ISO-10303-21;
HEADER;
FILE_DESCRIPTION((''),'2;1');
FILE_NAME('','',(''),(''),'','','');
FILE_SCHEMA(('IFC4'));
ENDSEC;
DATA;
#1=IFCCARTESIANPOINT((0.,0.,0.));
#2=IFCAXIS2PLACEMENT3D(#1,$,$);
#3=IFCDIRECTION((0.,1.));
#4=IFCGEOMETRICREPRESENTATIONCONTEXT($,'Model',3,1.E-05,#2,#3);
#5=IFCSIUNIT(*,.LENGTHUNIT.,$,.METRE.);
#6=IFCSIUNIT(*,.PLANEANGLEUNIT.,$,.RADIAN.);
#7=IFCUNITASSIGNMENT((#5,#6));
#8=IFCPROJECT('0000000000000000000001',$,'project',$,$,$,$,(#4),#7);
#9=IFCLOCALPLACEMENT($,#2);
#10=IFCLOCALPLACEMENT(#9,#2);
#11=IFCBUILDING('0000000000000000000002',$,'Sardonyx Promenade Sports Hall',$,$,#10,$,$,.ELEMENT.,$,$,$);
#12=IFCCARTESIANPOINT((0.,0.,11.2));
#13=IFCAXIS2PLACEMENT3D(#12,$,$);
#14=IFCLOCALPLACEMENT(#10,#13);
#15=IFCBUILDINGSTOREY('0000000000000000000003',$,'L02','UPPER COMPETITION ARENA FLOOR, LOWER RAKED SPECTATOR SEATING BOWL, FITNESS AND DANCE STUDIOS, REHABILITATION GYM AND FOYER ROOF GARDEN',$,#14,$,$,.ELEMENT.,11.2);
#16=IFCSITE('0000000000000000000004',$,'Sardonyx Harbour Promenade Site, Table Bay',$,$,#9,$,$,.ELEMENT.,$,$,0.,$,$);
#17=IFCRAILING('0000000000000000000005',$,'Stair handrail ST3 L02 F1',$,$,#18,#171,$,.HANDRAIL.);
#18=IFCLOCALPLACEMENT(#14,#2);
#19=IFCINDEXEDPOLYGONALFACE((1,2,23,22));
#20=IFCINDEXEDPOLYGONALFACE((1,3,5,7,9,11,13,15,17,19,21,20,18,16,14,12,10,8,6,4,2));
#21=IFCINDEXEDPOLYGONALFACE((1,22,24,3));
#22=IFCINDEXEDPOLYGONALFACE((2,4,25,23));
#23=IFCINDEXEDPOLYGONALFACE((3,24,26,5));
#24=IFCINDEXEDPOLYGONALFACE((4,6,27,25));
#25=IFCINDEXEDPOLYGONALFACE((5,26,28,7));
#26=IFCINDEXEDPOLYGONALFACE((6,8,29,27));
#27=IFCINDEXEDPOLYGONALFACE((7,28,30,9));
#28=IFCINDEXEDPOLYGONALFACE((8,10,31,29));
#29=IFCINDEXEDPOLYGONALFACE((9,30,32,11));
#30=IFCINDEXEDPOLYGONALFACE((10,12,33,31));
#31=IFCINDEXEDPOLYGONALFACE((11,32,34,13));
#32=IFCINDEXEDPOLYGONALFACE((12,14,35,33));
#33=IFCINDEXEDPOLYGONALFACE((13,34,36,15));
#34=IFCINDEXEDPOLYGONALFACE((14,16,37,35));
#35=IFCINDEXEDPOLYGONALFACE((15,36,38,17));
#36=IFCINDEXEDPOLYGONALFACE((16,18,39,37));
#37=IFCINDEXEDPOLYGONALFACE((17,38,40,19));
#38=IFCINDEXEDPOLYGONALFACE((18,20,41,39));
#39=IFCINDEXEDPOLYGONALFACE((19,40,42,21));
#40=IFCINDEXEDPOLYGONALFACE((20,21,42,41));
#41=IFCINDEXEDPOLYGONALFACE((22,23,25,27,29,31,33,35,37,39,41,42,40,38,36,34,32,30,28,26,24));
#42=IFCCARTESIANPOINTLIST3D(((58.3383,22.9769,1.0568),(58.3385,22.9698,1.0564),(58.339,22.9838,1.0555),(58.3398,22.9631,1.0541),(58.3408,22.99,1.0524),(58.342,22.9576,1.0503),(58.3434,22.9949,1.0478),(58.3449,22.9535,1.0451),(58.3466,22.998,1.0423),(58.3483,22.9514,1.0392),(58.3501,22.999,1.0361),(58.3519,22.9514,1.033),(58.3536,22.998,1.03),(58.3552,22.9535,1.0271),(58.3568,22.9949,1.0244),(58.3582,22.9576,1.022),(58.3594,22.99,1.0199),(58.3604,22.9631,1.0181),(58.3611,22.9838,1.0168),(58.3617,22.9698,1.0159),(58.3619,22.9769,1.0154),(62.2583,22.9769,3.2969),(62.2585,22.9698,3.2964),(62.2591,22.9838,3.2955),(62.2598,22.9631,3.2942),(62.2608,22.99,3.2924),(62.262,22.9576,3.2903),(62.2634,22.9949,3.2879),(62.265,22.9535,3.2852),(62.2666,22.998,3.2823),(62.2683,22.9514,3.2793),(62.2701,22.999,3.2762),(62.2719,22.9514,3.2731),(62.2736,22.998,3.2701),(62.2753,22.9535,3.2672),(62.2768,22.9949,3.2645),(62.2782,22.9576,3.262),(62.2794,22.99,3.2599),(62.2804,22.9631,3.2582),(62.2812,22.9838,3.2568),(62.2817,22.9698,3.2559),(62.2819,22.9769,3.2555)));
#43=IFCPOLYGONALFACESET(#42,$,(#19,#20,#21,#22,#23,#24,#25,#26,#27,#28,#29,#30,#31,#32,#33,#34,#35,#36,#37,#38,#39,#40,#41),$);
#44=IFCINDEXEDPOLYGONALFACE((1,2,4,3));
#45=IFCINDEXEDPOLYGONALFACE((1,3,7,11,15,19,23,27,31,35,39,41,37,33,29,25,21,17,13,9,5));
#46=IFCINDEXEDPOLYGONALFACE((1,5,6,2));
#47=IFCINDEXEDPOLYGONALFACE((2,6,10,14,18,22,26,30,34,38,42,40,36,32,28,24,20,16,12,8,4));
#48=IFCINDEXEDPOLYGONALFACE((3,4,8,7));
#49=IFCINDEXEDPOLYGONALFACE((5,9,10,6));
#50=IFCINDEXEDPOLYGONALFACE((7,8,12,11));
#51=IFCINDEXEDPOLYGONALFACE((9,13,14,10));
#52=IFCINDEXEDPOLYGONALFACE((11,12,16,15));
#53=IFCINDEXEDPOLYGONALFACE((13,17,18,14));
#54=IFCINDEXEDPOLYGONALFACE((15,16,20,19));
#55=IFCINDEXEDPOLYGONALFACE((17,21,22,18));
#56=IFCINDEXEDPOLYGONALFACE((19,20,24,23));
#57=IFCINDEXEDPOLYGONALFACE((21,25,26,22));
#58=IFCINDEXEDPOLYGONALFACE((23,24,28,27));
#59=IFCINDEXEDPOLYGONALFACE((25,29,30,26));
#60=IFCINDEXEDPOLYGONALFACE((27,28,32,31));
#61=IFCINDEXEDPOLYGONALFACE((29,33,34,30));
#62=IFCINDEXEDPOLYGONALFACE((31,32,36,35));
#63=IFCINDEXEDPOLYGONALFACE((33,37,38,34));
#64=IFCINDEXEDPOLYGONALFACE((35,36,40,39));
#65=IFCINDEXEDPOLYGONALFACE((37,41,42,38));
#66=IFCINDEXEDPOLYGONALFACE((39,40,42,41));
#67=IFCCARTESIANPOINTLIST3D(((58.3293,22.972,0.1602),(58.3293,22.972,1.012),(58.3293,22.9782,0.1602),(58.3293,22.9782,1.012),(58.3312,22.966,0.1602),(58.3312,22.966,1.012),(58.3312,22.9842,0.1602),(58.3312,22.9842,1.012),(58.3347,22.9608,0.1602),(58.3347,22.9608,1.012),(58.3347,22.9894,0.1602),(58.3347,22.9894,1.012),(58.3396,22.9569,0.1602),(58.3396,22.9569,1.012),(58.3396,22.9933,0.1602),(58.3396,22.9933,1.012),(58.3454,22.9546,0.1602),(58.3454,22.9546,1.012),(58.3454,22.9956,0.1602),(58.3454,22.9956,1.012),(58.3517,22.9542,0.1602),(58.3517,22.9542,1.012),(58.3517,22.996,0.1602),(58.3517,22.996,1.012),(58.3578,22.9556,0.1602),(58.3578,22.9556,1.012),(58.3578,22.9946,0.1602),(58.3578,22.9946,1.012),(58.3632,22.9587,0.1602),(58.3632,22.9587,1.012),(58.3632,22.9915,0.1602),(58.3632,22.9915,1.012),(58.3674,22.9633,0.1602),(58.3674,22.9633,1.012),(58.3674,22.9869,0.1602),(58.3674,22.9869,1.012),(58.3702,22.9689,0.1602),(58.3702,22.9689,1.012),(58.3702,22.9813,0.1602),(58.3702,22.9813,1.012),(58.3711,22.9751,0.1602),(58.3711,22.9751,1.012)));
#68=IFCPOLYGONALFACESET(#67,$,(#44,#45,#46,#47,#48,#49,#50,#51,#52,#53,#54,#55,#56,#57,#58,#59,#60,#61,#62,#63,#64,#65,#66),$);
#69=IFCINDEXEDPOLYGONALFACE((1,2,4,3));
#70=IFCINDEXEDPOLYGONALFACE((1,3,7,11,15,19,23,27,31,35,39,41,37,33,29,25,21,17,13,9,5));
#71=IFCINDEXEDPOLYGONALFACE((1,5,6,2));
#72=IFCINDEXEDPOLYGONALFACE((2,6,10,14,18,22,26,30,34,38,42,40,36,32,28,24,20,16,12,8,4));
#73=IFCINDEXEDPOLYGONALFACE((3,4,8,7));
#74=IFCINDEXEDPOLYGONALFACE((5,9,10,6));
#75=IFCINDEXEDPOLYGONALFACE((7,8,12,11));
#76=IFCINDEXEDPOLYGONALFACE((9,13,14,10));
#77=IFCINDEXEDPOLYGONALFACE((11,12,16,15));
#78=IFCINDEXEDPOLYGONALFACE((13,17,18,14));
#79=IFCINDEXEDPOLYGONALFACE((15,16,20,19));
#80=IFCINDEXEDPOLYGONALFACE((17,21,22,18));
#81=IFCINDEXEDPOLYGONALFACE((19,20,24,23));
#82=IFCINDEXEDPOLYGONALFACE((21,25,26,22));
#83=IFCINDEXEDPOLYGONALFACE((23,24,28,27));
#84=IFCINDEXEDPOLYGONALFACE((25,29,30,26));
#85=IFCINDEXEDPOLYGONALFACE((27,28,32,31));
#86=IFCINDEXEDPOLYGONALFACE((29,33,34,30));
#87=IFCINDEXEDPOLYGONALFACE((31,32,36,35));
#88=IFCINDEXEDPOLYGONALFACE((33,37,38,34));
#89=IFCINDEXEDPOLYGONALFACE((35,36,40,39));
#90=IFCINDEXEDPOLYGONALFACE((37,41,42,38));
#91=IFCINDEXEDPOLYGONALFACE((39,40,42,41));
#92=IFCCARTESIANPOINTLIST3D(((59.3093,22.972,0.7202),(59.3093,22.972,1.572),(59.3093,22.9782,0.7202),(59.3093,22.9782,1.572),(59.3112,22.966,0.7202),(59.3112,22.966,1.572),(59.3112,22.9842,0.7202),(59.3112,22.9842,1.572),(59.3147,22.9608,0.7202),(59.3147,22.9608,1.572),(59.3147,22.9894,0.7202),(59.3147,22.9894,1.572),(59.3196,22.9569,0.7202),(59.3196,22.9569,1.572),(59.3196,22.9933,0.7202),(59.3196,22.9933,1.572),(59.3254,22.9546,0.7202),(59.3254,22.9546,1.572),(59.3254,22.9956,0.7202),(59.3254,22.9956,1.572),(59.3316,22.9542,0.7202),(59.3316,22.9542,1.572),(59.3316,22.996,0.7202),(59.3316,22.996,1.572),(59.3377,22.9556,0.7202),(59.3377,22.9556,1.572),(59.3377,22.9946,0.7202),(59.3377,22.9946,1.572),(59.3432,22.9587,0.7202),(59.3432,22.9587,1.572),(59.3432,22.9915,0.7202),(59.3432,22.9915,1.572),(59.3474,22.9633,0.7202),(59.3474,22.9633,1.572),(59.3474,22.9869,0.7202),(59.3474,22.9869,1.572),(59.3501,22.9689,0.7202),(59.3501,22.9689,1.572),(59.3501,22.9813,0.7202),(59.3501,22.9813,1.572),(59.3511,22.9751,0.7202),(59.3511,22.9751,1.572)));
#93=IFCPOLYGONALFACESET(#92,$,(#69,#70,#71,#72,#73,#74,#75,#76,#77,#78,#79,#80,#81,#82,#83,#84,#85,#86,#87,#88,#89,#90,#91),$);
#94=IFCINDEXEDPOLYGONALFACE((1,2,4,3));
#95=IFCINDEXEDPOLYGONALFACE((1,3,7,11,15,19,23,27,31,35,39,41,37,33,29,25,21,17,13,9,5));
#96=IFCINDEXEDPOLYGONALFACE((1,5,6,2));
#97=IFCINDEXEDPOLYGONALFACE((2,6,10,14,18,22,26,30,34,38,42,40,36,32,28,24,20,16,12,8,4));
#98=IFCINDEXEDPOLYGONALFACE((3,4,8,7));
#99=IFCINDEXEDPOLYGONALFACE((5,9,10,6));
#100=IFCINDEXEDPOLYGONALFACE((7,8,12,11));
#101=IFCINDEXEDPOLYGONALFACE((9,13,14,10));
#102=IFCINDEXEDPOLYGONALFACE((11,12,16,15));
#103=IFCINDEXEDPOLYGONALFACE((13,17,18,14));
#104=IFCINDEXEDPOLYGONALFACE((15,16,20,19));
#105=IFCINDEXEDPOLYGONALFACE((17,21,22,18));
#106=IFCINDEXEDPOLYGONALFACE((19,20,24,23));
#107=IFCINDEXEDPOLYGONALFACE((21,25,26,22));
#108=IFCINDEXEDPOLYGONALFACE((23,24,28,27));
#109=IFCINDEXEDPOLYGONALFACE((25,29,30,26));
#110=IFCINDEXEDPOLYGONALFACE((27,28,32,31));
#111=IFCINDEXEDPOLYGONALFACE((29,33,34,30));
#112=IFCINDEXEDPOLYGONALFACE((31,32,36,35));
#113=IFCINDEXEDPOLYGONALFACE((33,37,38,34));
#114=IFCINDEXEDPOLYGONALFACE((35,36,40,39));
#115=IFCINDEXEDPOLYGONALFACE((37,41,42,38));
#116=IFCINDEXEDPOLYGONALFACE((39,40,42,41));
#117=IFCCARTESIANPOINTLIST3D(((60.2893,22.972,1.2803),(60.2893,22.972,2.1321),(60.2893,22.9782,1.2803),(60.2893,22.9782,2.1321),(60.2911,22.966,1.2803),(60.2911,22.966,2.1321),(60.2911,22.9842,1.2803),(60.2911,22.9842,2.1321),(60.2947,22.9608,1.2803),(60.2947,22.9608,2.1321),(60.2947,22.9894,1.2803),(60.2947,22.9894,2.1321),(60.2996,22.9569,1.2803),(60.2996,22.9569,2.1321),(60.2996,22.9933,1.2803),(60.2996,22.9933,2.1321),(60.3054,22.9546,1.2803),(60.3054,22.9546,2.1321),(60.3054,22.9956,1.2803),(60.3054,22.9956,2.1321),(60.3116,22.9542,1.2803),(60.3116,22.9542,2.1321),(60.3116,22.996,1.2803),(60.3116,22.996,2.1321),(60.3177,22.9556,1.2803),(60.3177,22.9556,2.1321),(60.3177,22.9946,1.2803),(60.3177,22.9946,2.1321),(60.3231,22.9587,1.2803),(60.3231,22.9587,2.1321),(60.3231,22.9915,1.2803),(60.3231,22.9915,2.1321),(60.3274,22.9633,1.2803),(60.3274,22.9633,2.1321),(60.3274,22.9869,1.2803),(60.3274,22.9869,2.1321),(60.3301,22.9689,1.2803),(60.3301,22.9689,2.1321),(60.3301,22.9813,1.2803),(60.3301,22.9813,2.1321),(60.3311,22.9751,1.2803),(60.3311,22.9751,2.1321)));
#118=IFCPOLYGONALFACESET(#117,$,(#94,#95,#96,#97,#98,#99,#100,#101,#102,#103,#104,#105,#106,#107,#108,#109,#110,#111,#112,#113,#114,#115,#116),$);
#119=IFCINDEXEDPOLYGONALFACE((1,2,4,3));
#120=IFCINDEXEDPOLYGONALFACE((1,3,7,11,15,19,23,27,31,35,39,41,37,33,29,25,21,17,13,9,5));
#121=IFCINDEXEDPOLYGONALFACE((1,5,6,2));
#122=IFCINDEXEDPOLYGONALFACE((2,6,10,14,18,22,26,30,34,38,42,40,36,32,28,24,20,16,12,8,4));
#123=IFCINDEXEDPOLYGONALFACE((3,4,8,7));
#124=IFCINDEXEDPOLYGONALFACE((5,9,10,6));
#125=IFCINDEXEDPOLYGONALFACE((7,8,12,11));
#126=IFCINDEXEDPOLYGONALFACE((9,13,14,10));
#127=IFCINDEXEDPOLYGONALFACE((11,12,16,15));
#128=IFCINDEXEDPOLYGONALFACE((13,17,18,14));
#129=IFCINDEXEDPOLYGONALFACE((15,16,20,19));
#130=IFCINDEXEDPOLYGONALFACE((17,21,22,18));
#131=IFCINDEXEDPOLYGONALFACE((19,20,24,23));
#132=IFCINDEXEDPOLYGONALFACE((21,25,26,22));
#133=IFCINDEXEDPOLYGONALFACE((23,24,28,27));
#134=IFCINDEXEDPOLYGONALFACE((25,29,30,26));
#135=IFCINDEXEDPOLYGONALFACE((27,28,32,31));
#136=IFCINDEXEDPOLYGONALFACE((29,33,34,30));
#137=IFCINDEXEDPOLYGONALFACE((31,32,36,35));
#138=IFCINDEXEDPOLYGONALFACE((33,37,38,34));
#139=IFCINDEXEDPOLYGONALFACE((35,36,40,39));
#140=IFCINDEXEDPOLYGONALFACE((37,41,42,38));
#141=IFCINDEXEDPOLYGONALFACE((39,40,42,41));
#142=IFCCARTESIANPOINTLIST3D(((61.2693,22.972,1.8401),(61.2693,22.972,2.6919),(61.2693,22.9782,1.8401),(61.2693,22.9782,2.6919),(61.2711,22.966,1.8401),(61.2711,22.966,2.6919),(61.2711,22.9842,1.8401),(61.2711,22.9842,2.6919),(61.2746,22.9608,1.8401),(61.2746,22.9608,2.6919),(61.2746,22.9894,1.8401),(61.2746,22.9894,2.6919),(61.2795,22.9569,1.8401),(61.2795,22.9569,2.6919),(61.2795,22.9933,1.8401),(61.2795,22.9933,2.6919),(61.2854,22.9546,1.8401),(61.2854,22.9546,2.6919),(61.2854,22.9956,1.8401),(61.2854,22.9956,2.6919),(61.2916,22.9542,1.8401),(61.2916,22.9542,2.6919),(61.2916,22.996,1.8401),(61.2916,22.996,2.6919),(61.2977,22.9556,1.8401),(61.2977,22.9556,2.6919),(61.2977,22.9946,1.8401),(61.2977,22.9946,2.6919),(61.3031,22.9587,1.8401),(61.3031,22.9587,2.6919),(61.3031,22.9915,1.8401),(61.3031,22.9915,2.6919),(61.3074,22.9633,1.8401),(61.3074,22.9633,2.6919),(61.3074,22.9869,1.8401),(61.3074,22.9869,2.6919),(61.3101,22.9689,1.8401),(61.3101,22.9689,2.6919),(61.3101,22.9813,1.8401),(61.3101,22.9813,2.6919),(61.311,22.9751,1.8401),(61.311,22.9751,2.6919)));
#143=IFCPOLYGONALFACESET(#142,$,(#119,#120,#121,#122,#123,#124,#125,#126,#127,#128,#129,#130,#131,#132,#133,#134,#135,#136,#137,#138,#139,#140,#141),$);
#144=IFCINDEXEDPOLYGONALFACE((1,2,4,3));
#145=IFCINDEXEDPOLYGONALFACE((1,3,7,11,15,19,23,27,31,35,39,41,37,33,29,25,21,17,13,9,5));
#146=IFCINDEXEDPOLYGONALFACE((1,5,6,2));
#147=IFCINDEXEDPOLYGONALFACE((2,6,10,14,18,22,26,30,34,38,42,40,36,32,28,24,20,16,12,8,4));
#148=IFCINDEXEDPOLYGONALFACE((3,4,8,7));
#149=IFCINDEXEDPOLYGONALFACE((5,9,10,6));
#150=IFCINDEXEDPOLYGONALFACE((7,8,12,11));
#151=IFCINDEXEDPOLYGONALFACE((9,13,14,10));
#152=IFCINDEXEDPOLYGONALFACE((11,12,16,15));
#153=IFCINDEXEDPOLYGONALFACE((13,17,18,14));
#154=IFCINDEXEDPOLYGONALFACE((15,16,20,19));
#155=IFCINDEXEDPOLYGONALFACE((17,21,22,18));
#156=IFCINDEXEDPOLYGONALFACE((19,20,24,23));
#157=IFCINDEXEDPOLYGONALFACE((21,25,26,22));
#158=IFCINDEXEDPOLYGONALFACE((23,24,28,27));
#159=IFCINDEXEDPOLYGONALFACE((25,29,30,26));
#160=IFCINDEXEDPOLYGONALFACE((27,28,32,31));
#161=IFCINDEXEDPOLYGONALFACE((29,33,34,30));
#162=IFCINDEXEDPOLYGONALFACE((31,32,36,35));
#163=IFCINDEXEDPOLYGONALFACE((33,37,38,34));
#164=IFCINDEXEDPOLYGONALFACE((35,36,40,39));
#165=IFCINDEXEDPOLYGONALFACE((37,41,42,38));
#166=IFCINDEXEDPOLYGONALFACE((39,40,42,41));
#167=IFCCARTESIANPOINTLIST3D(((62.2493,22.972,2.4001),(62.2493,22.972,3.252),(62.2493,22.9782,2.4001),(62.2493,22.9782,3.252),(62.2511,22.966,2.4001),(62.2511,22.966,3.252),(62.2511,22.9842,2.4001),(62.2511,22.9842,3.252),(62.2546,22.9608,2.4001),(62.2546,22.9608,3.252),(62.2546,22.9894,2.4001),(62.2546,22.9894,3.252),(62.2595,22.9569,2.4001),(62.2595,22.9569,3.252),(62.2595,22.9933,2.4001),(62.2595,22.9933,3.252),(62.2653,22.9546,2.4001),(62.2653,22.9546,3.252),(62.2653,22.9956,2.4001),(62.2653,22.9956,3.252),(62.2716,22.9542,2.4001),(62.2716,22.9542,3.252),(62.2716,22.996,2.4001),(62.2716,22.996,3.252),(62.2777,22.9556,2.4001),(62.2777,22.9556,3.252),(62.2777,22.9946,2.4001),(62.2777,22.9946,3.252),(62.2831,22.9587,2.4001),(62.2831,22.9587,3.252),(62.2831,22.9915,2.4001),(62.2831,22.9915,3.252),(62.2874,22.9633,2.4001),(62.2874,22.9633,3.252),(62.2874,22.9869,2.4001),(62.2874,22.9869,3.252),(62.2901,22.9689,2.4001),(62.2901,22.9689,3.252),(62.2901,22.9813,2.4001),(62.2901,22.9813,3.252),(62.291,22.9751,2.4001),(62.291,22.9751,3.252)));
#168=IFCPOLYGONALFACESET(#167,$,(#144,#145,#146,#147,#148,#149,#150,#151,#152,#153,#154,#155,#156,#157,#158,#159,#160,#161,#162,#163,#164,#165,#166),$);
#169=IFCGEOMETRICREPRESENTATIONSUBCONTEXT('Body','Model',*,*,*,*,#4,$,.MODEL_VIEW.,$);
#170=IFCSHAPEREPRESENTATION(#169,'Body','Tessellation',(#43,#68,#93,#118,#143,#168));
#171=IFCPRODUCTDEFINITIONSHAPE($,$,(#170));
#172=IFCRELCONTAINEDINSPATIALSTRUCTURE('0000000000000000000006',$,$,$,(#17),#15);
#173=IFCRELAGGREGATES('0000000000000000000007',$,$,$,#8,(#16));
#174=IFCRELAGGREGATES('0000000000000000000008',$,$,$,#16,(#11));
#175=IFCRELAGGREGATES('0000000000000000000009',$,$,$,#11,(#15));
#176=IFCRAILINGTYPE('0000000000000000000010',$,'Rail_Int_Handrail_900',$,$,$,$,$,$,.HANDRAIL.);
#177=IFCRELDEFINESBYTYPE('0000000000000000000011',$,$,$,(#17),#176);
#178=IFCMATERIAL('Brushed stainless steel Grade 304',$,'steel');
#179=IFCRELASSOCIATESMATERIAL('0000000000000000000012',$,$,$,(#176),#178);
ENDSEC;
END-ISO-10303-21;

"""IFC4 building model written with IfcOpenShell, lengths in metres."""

from ifc_helpers import new_model, si_unit, direction, frame, origin, origin_2d, place, context, subcontext, project, spatial, circle, extrude, material, type_object, element, save


model = new_model("IFC4")

# Units and contexts
model_context = context("Model", 3, precision=1e-05, world=origin(), true_north=direction((0.0, 1.0)))
body_context = subcontext(model_context, "Body", "Model", "MODEL_VIEW")
ifc_project = project(units=[si_unit("LENGTHUNIT", "METRE"), si_unit("PLANEANGLEUNIT", "RADIAN")], contexts=[model_context])

# Site, building, storey
site_placement = place(None, origin())
site = spatial("IfcSite", under=ifc_project, at=site_placement, Name="Sardonyx Harbour Promenade Site, Table Bay", CompositionType="ELEMENT", RefElevation=0.0)
building_placement = place(site_placement, origin())
building = spatial("IfcBuilding", under=site, at=building_placement, Name="Sardonyx Promenade Sports Hall", CompositionType="ELEMENT")
storey_placement = place(building_placement, frame((0.0, 0.0, 11.2)))
storey = spatial("IfcBuildingStorey", under=building, at=storey_placement, Name="L02", Description="UPPER COMPETITION ARENA FLOOR, LOWER RAKED SPECTATOR SEATING BOWL, FITNESS AND DANCE STUDIOS, REHABILITATION GYM AND FOYER ROOF GARDEN", CompositionType="ELEMENT", Elevation=11.2)

# Railing
ifc_material_1 = material(Name="Brushed stainless steel Grade 304", Category="steel")
railing_type_1 = type_object("IfcRailingType", Name="Rail_Int_Handrail_900", PredefinedType="HANDRAIL", material=ifc_material_1)
railing_1_placement = place(storey_placement, frame((58.3501, 22.9751, 0.1602)))
element("IfcRailing", 1, at=railing_1_placement, inside=storey, type_object=railing_type_1, Name="Stair handrail ST3 L02 F1", PredefinedType="HANDRAIL", context=body_context, shape_type="SweptSolid", body=[
    extrude(circle(Radius=0.0239, at=origin_2d()), frame((0.0, 0.0, 0.876), z_axis=(0.86824, 0.0, 0.496145), x_axis=(0.0, 1.0, 0.0)), (0.0, 0.0, 1.0), 4.5149),
    extrude(circle(Radius=0.021, at=origin_2d()), origin(), (0.0, 0.0, 1.0), 0.8518),
    extrude(circle(Radius=0.021, at=origin_2d()), frame((0.98, 0.0, 0.5601)), (0.0, 0.0, 1.0), 0.8518),
    extrude(circle(Radius=0.021, at=origin_2d()), frame((1.96, 0.0, 1.1201)), (0.0, 0.0, 1.0), 0.8518),
    extrude(circle(Radius=0.021, at=origin_2d()), frame((2.9399, 0.0, 1.6799)), (0.0, 0.0, 1.0), 0.8518),
    extrude(circle(Radius=0.021, at=origin_2d()), frame((3.9199, 0.0, 2.24)), (0.0, 0.0, 1.0), 0.8518),
])

save(model, "model.ifc")
